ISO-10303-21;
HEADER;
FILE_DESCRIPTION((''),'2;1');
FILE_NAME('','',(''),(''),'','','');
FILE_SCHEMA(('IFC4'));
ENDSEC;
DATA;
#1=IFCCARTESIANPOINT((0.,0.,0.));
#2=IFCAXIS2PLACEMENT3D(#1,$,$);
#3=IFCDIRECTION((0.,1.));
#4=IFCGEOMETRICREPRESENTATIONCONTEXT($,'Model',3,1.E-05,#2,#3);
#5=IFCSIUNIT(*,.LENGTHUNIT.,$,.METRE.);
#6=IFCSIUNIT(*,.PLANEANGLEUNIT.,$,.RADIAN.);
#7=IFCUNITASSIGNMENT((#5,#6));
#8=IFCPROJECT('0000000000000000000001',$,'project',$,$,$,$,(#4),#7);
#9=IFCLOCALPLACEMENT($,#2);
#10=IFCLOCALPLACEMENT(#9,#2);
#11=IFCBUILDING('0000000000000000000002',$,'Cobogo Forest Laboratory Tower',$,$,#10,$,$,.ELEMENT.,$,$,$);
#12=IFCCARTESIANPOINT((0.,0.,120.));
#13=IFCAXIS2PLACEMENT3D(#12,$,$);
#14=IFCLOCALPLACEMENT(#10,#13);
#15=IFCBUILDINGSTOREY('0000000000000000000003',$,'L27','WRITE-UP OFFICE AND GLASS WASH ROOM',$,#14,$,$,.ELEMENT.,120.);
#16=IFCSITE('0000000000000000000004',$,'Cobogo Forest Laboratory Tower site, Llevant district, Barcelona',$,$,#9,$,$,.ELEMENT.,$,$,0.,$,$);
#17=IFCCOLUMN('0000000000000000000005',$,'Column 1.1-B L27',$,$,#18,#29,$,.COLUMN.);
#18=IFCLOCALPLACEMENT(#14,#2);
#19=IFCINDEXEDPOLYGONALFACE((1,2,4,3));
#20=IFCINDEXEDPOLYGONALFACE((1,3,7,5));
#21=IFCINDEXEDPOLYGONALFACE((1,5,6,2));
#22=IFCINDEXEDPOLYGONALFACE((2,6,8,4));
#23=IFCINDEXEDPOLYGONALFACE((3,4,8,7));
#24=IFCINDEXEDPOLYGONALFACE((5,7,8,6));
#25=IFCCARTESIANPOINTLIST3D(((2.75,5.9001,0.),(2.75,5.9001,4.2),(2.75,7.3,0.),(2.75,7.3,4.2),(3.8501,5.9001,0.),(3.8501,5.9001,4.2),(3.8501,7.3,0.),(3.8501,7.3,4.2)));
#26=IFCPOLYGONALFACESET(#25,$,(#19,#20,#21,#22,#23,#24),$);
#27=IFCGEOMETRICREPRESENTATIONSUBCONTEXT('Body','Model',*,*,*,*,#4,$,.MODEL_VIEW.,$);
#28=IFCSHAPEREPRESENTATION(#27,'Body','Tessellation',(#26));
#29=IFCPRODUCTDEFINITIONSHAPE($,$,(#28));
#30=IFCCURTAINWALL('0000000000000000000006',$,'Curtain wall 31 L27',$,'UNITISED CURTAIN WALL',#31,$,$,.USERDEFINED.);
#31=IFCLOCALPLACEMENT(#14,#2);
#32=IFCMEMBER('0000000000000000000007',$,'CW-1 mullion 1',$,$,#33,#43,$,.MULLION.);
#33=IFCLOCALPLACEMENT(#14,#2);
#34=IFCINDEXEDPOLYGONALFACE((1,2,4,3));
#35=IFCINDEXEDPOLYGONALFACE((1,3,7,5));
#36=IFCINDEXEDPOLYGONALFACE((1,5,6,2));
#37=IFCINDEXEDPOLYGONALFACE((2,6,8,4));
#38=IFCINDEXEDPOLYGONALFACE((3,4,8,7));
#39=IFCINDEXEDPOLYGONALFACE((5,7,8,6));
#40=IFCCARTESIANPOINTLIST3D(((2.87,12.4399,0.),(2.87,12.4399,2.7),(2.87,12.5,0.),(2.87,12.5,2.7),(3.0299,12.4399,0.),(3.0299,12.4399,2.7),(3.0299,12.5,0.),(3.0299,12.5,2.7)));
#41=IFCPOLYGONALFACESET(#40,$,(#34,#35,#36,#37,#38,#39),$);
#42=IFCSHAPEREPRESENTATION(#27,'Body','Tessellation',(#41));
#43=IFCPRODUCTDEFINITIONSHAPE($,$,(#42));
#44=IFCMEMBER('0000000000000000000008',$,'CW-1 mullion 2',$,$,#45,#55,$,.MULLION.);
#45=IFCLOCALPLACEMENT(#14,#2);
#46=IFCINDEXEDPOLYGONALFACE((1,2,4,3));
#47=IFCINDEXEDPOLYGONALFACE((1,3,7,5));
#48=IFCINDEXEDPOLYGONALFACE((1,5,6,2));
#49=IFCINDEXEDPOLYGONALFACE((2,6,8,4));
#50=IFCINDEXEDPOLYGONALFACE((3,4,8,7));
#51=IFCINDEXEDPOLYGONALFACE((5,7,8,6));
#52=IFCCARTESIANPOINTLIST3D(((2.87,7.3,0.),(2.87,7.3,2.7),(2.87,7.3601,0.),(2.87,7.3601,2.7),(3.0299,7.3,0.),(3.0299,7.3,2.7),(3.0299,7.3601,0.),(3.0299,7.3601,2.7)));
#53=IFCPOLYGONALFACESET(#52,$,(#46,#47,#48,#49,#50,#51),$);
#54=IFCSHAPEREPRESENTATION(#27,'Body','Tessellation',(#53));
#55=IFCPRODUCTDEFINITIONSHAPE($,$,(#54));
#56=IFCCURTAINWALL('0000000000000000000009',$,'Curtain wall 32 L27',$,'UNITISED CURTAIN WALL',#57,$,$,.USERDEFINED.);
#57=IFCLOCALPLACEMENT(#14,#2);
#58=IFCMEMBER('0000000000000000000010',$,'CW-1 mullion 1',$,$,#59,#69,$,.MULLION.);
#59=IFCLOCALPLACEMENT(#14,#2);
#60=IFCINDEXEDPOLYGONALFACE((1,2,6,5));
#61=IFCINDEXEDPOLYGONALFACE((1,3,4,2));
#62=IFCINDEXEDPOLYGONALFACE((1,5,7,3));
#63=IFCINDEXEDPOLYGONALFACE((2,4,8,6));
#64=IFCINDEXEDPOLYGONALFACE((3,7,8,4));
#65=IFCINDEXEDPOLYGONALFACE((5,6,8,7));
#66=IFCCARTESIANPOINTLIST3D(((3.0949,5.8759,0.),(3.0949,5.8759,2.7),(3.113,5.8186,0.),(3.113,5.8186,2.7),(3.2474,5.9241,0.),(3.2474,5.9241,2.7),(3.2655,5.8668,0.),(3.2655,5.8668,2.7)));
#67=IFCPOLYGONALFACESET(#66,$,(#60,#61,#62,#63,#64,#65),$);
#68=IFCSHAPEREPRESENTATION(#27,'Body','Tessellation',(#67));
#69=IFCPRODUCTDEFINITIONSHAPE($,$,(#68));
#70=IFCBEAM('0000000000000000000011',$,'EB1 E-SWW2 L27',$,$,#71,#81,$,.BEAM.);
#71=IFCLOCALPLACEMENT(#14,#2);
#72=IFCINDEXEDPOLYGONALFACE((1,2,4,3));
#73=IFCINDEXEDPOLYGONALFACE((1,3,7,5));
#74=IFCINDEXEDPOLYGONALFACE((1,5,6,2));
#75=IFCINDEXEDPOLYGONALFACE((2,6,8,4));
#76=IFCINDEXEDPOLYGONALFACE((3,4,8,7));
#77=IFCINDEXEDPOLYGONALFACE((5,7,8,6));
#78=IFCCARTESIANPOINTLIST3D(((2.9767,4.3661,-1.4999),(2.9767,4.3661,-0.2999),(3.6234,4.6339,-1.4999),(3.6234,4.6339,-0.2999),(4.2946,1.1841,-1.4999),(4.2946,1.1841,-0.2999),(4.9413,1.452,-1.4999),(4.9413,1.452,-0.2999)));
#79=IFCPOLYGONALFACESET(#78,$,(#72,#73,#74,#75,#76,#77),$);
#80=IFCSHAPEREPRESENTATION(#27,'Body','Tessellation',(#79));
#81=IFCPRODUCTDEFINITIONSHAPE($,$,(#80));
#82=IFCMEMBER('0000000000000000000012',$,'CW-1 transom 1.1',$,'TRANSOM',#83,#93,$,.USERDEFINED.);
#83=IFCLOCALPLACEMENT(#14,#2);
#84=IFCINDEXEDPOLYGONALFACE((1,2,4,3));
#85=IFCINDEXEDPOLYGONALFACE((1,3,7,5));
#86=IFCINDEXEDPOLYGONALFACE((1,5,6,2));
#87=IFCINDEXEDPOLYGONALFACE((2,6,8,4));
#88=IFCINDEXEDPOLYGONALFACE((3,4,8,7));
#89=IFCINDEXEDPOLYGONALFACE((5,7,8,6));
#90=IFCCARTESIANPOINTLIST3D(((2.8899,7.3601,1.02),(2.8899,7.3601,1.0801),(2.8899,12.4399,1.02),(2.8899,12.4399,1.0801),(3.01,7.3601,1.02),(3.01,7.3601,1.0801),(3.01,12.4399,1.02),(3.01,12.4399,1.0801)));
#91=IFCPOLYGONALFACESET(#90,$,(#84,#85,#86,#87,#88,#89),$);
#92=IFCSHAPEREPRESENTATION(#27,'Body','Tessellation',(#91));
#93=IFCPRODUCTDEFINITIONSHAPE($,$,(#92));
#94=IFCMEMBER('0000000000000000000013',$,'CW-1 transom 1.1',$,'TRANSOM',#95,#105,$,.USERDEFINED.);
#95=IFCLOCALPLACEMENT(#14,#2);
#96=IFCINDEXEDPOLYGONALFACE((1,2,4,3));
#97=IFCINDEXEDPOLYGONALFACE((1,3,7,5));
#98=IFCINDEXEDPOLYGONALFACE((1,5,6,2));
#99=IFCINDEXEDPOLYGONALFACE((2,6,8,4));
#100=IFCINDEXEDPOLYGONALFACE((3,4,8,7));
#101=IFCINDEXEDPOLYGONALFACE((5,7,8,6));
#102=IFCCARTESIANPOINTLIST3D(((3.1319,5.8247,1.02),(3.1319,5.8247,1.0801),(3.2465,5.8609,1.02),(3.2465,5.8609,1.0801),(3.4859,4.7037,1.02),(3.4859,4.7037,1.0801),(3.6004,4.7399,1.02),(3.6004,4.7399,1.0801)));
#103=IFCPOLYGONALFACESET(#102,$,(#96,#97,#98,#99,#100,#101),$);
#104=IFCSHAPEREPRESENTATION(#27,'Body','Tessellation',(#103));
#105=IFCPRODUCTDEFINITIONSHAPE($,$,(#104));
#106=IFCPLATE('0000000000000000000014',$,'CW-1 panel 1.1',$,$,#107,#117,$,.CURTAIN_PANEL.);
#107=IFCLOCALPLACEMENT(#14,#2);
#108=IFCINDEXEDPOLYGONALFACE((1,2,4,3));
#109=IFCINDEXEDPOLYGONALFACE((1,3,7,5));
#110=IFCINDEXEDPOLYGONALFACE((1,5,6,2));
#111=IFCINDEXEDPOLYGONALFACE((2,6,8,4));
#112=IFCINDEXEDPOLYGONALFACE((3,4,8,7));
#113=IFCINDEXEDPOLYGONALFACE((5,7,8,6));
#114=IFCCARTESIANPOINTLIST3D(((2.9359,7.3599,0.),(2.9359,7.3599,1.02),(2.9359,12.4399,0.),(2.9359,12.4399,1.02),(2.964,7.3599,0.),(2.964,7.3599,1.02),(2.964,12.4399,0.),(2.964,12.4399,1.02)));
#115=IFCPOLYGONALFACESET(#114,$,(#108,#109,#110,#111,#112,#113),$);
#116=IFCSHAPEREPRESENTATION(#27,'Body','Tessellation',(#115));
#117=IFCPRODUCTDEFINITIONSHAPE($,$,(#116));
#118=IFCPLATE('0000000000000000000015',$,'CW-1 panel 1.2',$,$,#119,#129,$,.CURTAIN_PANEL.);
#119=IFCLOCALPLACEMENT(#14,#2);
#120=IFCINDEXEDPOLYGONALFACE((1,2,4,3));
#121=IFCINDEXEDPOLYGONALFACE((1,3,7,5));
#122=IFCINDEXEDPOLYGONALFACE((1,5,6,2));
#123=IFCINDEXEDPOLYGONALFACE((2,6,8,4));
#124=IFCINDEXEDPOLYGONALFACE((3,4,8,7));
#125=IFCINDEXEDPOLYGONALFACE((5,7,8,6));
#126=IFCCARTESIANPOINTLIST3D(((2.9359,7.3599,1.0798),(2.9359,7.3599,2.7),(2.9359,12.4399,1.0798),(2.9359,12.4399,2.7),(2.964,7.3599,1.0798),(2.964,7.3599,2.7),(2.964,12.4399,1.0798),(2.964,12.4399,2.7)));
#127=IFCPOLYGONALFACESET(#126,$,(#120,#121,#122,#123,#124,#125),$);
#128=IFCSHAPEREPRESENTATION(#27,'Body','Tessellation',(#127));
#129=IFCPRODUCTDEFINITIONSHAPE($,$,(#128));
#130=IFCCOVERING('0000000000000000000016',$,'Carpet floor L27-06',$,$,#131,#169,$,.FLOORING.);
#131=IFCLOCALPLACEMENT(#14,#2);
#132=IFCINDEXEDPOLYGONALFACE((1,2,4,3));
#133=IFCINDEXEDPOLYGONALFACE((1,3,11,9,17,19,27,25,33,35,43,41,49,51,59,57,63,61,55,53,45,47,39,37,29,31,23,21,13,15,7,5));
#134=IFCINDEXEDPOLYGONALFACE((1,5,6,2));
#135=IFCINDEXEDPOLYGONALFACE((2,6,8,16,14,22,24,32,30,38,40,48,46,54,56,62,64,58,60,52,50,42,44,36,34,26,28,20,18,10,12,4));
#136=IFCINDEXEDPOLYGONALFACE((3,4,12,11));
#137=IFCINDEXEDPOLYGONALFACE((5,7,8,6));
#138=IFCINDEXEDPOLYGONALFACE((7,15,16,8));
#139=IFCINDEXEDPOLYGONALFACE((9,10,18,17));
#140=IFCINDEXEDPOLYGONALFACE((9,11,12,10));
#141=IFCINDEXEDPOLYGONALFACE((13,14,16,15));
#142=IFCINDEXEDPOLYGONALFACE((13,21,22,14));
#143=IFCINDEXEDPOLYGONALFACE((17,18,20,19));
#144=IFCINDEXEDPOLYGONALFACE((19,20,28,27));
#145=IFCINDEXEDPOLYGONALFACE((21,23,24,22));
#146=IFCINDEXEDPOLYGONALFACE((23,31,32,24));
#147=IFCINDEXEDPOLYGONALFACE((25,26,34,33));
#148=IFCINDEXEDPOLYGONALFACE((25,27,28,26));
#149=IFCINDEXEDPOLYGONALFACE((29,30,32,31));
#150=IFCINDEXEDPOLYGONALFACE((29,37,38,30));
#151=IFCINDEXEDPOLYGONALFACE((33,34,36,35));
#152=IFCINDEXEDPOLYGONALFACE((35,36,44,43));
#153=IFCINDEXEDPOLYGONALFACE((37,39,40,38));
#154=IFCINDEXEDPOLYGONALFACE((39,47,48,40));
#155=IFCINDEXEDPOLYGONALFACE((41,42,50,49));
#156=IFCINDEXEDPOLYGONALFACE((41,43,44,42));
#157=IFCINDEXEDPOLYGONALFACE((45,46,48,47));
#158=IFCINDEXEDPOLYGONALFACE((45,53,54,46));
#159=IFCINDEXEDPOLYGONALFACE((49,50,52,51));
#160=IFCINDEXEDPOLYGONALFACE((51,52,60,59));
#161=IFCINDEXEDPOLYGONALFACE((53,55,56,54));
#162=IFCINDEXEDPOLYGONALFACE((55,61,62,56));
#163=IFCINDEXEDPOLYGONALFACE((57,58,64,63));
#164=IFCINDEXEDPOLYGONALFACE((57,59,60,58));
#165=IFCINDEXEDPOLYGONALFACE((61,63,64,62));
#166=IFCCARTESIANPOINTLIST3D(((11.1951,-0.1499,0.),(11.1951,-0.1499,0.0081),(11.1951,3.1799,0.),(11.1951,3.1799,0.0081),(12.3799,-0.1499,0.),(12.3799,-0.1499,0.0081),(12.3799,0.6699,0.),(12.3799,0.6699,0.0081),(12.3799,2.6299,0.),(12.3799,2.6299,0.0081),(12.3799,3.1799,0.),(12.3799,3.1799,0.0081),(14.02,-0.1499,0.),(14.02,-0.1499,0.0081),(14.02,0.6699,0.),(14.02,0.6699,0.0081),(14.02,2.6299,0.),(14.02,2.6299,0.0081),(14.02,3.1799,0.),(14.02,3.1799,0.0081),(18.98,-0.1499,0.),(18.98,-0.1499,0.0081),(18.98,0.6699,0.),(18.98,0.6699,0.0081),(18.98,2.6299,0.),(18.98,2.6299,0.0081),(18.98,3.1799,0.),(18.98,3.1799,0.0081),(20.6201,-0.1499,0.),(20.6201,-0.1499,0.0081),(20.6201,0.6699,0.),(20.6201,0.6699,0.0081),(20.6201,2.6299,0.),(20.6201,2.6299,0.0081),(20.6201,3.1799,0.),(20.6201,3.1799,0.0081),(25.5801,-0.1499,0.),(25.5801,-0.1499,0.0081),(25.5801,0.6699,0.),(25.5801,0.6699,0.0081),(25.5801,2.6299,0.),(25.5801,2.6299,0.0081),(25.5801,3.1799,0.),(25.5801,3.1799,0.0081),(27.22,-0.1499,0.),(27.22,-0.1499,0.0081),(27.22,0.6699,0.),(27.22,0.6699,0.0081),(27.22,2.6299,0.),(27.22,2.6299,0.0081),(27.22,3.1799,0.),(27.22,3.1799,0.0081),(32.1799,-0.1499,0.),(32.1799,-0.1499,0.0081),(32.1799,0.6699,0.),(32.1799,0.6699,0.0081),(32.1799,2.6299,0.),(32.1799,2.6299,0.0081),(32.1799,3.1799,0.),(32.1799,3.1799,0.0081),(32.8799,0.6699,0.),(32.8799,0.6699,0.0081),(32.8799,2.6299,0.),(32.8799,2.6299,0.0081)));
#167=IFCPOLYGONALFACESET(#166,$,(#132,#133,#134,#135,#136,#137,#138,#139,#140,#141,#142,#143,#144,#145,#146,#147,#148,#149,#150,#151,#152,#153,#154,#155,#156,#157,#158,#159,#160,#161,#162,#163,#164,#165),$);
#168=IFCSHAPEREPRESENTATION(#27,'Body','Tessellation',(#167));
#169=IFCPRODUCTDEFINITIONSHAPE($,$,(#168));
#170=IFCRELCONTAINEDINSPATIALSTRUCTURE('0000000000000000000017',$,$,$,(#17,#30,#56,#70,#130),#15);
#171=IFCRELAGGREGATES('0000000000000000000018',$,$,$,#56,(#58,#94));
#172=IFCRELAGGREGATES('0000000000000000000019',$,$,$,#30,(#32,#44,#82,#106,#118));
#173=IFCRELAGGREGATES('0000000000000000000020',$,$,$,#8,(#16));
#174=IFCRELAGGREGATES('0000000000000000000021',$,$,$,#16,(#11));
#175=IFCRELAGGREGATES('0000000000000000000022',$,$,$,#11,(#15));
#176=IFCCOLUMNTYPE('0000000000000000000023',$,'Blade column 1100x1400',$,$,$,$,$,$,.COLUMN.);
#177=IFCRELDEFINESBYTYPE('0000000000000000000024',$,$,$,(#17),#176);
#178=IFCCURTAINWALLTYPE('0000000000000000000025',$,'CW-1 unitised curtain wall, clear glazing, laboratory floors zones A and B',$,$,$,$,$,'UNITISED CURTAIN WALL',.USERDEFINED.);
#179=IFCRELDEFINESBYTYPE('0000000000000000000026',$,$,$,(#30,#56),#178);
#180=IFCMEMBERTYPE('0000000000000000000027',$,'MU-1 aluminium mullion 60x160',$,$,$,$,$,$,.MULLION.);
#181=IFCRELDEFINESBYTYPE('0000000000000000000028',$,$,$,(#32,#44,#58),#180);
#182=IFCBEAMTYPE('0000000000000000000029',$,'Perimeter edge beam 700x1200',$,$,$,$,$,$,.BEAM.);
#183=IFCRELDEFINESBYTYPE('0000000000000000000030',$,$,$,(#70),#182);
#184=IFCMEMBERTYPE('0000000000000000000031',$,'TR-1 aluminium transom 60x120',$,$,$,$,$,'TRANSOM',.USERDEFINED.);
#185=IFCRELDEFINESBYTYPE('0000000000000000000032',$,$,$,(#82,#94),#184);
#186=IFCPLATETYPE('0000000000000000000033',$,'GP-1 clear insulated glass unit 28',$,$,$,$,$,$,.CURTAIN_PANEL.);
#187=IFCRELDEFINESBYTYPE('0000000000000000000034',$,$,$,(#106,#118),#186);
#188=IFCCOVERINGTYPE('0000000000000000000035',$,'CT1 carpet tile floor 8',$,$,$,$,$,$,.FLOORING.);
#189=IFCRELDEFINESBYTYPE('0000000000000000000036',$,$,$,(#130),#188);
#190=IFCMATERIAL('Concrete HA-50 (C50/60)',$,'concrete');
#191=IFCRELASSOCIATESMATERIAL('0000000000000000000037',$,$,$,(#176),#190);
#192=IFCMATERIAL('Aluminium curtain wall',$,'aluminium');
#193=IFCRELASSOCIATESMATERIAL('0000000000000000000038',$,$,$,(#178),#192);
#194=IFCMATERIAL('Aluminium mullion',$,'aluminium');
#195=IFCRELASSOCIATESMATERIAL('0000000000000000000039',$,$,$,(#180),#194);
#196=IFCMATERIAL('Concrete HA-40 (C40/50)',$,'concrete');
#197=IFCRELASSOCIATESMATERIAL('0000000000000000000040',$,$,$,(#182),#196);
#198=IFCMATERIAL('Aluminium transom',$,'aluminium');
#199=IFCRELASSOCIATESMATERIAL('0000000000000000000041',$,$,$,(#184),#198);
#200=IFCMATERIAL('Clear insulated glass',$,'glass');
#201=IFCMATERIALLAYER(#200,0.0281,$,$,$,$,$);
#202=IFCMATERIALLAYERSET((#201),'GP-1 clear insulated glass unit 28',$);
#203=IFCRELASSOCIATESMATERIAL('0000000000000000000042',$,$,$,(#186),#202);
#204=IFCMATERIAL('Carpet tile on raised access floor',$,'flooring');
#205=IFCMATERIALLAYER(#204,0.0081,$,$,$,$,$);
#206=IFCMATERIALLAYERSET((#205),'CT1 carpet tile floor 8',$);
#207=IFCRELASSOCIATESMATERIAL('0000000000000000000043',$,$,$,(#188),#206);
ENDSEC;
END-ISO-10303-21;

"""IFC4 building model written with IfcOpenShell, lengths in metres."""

from ifc_helpers import new_model, si_unit, direction, frame, origin, origin_2d, place, context, subcontext, project, spatial, polyline, rectangle, outline, extrude, material, layer, layer_set, material_profile, profile_set, type_object, element, aggregate, save


model = new_model("IFC4")

# Units and contexts
model_context = context("Model", 3, precision=1e-05, world=origin(), true_north=direction((0.0, 1.0)))
body_context = subcontext(model_context, "Body", "Model", "MODEL_VIEW")
ifc_project = project(units=[si_unit("LENGTHUNIT", "METRE"), si_unit("PLANEANGLEUNIT", "RADIAN")], contexts=[model_context])

# Site, building, storey
site_placement = place(None, origin())
site = spatial("IfcSite", under=ifc_project, at=site_placement, Name="Cobogo Forest Laboratory Tower site, Llevant district, Barcelona", CompositionType="ELEMENT", RefElevation=0.0)
building_placement = place(site_placement, origin())
building = spatial("IfcBuilding", under=site, at=building_placement, Name="Cobogo Forest Laboratory Tower", CompositionType="ELEMENT")
storey_placement = place(building_placement, frame((0.0, 0.0, 120.0)))
storey = spatial("IfcBuildingStorey", under=building, at=storey_placement, Name="L27", Description="WRITE-UP OFFICE AND GLASS WASH ROOM", CompositionType="ELEMENT", Elevation=120.0)

# Column
ifc_material_1 = material(Name="Concrete HA-50 (C50/60)", Category="concrete")
ifc_material_profile_1 = material_profile(ifc_material_1, rectangle(XDim=1.3999, YDim=1.1001, at=origin_2d()), Name="RC 1100x1400")
ifc_profile_set_1 = profile_set([ifc_material_profile_1], Name="Concrete HA-50 (C50/60)")
column_type = type_object("IfcColumnType", Name="Blade column 1100x1400", PredefinedType="COLUMN", material=ifc_profile_set_1)
column_placement = place(storey_placement, frame((3.3, 6.6001, 0.0), z_axis=(0.0, 0.0, 1.0), x_axis=(0.0, 1.0, 0.0)))
element("IfcColumn", 1, at=column_placement, inside=storey, type_object=column_type, Name="Column 1.1-B L27", PredefinedType="COLUMN", context=body_context, shape_type="SweptSolid", body=[
    extrude(rectangle(XDim=1.3999, YDim=1.1001, at=origin_2d()), origin(), (0.0, 0.0, 1.0), 4.2),
])

# Curtain wall, members
ifc_material_2 = material(Name="Aluminium curtain wall", Category="aluminium")
curtain_wall_type = type_object("IfcCurtainWallType", Name="CW-1 unitised curtain wall, clear glazing, laboratory floors zones A and B", ElementType="UNITISED CURTAIN WALL", PredefinedType="USERDEFINED", material=ifc_material_2)
curtain_wall_1_placement = place(storey_placement, origin())
curtain_wall_1 = element("IfcCurtainWall", 2, at=curtain_wall_1_placement, inside=storey, type_object=curtain_wall_type, Name="Curtain wall 31 L27", ObjectType="UNITISED CURTAIN WALL", PredefinedType="USERDEFINED")
ifc_material_3 = material(Name="Aluminium mullion", Category="aluminium")
ifc_material_profile_2 = material_profile(ifc_material_3, rectangle(XDim=0.0601, YDim=0.1599, at=origin_2d()), Name="AL 60x160")
ifc_profile_set_2 = profile_set([ifc_material_profile_2], Name="Aluminium mullion")
member_type_1 = type_object("IfcMemberType", Name="MU-1 aluminium mullion 60x160", PredefinedType="MULLION", material=ifc_profile_set_2)
member_1_placement = place(storey_placement, frame((2.95, 12.47, 0.0), z_axis=(0.0, 0.0, 1.0), x_axis=(0.0, -1.0, 0.0)))
member_1 = element("IfcMember", 3, at=member_1_placement, type_object=member_type_1, Name="CW-1 mullion 1", PredefinedType="MULLION", context=body_context, shape_type="SweptSolid", body=[
    extrude(rectangle(XDim=0.0601, YDim=0.1599, at=origin_2d()), origin(), (0.0, 0.0, 1.0), 2.7),
])
member_2_placement = place(storey_placement, frame((2.95, 7.3301, 0.0), z_axis=(0.0, 0.0, 1.0), x_axis=(0.0, -1.0, 0.0)))
member_2 = element("IfcMember", 4, at=member_2_placement, type_object=member_type_1, Name="CW-1 mullion 2", PredefinedType="MULLION", context=body_context, shape_type="SweptSolid", body=[
    extrude(rectangle(XDim=0.0601, YDim=0.1599, at=origin_2d()), origin(), (0.0, 0.0, 1.0), 2.7),
])

# Curtain wall, member
curtain_wall_2_placement = place(storey_placement, origin())
curtain_wall_2 = element("IfcCurtainWall", 5, at=curtain_wall_2_placement, inside=storey, type_object=curtain_wall_type, Name="Curtain wall 32 L27", ObjectType="UNITISED CURTAIN WALL", PredefinedType="USERDEFINED")
member_3_placement = place(storey_placement, frame((3.1802, 5.8713, 0.0), z_axis=(0.0, 0.0, 1.0), x_axis=(0.301135, -0.953581, 0.0)))
member_3 = element("IfcMember", 6, at=member_3_placement, type_object=member_type_1, Name="CW-1 mullion 1", PredefinedType="MULLION", context=body_context, shape_type="SweptSolid", body=[
    extrude(rectangle(XDim=0.0601, YDim=0.1599, at=origin_2d()), origin(), (0.0, 0.0, 1.0), 2.7),
])

# Beam
ifc_material_4 = material(Name="Concrete HA-40 (C40/50)", Category="concrete")
ifc_material_profile_3 = material_profile(ifc_material_4, rectangle(XDim=0.7, YDim=1.2, at=origin_2d()), Name="RC 700x1200")
ifc_profile_set_3 = profile_set([ifc_material_profile_3], Name="Concrete HA-40 (C40/50)")
beam_type = type_object("IfcBeamType", Name="Perimeter edge beam 700x1200", PredefinedType="BEAM", material=ifc_profile_set_3)
beam_placement = place(storey_placement, frame((3.3, 4.5, -0.8999), z_axis=(0.382656, -0.923891, 0.0), x_axis=(0.923891, 0.382656, 0.0)))
element("IfcBeam", 7, at=beam_placement, inside=storey, type_object=beam_type, Name="EB1 E-SWW2 L27", PredefinedType="BEAM", context=body_context, shape_type="SweptSolid", body=[
    extrude(rectangle(XDim=0.7, YDim=1.2, at=origin_2d()), origin(), (0.0, 0.0, 1.0), 3.4441),
])

# Members
ifc_material_5 = material(Name="Aluminium transom", Category="aluminium")
ifc_material_profile_4 = material_profile(ifc_material_5, rectangle(XDim=0.1201, YDim=0.0601, at=origin_2d()), Name="AL 60x120")
ifc_profile_set_4 = profile_set([ifc_material_profile_4], Name="Aluminium transom")
member_type_2 = type_object("IfcMemberType", Name="TR-1 aluminium transom 60x120", ElementType="TRANSOM", PredefinedType="USERDEFINED", material=ifc_profile_set_4)
member_4_placement = place(storey_placement, frame((2.95, 12.4399, 1.05), z_axis=(0.0, -1.0, 0.0), x_axis=(1.0, 0.0, 0.0)))
member_4 = element("IfcMember", 8, at=member_4_placement, type_object=member_type_2, Name="CW-1 transom 1.1", ObjectType="TRANSOM", PredefinedType="USERDEFINED", context=body_context, shape_type="SweptSolid", body=[
    extrude(rectangle(XDim=0.1201, YDim=0.0601, at=origin_2d()), origin(), (0.0, 0.0, 1.0), 5.0798),
])
member_5_placement = place(storey_placement, frame((3.1892, 5.8428, 1.05), z_axis=(0.301111, -0.953589, 0.0), x_axis=(0.953589, 0.301111, 0.0)))
member_5 = element("IfcMember", 9, at=member_5_placement, type_object=member_type_2, Name="CW-1 transom 1.1", ObjectType="TRANSOM", PredefinedType="USERDEFINED", context=body_context, shape_type="SweptSolid", body=[
    extrude(rectangle(XDim=0.1201, YDim=0.0601, at=origin_2d()), origin(), (0.0, 0.0, 1.0), 1.1755),
])
aggregate(curtain_wall_2, [member_3, member_5])

# Plates
ifc_material_6 = material(Name="Clear insulated glass", Category="glass")
ifc_layer_1 = layer(ifc_material_6, 0.0281)
ifc_layer_set_1 = layer_set([ifc_layer_1], Name="GP-1 clear insulated glass unit 28")
plate_type_1 = type_object("IfcPlateType", Name="GP-1 clear insulated glass unit 28", PredefinedType="CURTAIN_PANEL", material=ifc_layer_set_1)
plate_1_placement = place(storey_placement, frame((2.95, 9.8999, 0.0), z_axis=(0.0, 0.0, 1.0), x_axis=(0.0, -1.0, 0.0)))
plate_1 = element("IfcPlate", 10, at=plate_1_placement, type_object=plate_type_1, Name="CW-1 panel 1.1", PredefinedType="CURTAIN_PANEL", context=body_context, shape_type="SweptSolid", body=[
    extrude(rectangle(XDim=5.0801, YDim=0.0281, at=origin_2d()), origin(), (0.0, 0.0, 1.0), 1.02),
])
plate_2_placement = place(storey_placement, frame((2.95, 9.8999, 1.0798), z_axis=(0.0, 0.0, 1.0), x_axis=(0.0, -1.0, 0.0)))
plate_2 = element("IfcPlate", 11, at=plate_2_placement, type_object=plate_type_1, Name="CW-1 panel 1.2", PredefinedType="CURTAIN_PANEL", context=body_context, shape_type="SweptSolid", body=[
    extrude(rectangle(XDim=5.0801, YDim=0.0281, at=origin_2d()), origin(), (0.0, 0.0, 1.0), 1.6201),
])
aggregate(curtain_wall_1, [member_1, member_2, member_4, plate_1, plate_2])

# Covering
ifc_material_7 = material(Name="Carpet tile on raised access floor", Category="flooring")
ifc_layer_2 = layer(ifc_material_7, 0.0081)
ifc_layer_set_2 = layer_set([ifc_layer_2], Name="CT1 carpet tile floor 8")
covering_type_1 = type_object("IfcCoveringType", Name="CT1 carpet tile floor 8", PredefinedType="FLOORING", material=ifc_layer_set_2)
covering_1_placement = place(storey_placement, origin())
element("IfcCovering", 12, at=covering_1_placement, inside=storey, type_object=covering_type_1, Name="Carpet floor L27-06", PredefinedType="FLOORING", context=body_context, shape_type="SweptSolid", body=[
    extrude(outline(polyline([(12.3799, 3.1799), (12.3799, 2.6299), (14.02, 2.6299), (14.02, 3.1799), (18.98, 3.1799), (18.98, 2.6299), (20.6201, 2.6299), (20.6201, 3.1799), (25.5801, 3.1799), (25.5801, 2.6299), (27.22, 2.6299), (27.22, 3.1799), (32.1799, 3.1799), (32.1799, 2.6299), (32.8799, 2.6299), (32.8799, 0.6699), (32.1799, 0.6699), (32.1799, -0.1499), (27.22, -0.1499), (27.22, 0.6699), (25.5801, 0.6699), (25.5801, -0.1499), (20.6201, -0.1499), (20.6201, 0.6699), (18.98, 0.6699), (18.98, -0.1499), (14.02, -0.1499), (14.02, 0.6699), (12.3799, 0.6699), (12.3799, -0.1499), (11.1951, -0.1499), (11.1951, 3.1799), (12.3799, 3.1799)])), origin(), (0.0, 0.0, 1.0), 0.0081),
])

save(model, "model.ifc")
